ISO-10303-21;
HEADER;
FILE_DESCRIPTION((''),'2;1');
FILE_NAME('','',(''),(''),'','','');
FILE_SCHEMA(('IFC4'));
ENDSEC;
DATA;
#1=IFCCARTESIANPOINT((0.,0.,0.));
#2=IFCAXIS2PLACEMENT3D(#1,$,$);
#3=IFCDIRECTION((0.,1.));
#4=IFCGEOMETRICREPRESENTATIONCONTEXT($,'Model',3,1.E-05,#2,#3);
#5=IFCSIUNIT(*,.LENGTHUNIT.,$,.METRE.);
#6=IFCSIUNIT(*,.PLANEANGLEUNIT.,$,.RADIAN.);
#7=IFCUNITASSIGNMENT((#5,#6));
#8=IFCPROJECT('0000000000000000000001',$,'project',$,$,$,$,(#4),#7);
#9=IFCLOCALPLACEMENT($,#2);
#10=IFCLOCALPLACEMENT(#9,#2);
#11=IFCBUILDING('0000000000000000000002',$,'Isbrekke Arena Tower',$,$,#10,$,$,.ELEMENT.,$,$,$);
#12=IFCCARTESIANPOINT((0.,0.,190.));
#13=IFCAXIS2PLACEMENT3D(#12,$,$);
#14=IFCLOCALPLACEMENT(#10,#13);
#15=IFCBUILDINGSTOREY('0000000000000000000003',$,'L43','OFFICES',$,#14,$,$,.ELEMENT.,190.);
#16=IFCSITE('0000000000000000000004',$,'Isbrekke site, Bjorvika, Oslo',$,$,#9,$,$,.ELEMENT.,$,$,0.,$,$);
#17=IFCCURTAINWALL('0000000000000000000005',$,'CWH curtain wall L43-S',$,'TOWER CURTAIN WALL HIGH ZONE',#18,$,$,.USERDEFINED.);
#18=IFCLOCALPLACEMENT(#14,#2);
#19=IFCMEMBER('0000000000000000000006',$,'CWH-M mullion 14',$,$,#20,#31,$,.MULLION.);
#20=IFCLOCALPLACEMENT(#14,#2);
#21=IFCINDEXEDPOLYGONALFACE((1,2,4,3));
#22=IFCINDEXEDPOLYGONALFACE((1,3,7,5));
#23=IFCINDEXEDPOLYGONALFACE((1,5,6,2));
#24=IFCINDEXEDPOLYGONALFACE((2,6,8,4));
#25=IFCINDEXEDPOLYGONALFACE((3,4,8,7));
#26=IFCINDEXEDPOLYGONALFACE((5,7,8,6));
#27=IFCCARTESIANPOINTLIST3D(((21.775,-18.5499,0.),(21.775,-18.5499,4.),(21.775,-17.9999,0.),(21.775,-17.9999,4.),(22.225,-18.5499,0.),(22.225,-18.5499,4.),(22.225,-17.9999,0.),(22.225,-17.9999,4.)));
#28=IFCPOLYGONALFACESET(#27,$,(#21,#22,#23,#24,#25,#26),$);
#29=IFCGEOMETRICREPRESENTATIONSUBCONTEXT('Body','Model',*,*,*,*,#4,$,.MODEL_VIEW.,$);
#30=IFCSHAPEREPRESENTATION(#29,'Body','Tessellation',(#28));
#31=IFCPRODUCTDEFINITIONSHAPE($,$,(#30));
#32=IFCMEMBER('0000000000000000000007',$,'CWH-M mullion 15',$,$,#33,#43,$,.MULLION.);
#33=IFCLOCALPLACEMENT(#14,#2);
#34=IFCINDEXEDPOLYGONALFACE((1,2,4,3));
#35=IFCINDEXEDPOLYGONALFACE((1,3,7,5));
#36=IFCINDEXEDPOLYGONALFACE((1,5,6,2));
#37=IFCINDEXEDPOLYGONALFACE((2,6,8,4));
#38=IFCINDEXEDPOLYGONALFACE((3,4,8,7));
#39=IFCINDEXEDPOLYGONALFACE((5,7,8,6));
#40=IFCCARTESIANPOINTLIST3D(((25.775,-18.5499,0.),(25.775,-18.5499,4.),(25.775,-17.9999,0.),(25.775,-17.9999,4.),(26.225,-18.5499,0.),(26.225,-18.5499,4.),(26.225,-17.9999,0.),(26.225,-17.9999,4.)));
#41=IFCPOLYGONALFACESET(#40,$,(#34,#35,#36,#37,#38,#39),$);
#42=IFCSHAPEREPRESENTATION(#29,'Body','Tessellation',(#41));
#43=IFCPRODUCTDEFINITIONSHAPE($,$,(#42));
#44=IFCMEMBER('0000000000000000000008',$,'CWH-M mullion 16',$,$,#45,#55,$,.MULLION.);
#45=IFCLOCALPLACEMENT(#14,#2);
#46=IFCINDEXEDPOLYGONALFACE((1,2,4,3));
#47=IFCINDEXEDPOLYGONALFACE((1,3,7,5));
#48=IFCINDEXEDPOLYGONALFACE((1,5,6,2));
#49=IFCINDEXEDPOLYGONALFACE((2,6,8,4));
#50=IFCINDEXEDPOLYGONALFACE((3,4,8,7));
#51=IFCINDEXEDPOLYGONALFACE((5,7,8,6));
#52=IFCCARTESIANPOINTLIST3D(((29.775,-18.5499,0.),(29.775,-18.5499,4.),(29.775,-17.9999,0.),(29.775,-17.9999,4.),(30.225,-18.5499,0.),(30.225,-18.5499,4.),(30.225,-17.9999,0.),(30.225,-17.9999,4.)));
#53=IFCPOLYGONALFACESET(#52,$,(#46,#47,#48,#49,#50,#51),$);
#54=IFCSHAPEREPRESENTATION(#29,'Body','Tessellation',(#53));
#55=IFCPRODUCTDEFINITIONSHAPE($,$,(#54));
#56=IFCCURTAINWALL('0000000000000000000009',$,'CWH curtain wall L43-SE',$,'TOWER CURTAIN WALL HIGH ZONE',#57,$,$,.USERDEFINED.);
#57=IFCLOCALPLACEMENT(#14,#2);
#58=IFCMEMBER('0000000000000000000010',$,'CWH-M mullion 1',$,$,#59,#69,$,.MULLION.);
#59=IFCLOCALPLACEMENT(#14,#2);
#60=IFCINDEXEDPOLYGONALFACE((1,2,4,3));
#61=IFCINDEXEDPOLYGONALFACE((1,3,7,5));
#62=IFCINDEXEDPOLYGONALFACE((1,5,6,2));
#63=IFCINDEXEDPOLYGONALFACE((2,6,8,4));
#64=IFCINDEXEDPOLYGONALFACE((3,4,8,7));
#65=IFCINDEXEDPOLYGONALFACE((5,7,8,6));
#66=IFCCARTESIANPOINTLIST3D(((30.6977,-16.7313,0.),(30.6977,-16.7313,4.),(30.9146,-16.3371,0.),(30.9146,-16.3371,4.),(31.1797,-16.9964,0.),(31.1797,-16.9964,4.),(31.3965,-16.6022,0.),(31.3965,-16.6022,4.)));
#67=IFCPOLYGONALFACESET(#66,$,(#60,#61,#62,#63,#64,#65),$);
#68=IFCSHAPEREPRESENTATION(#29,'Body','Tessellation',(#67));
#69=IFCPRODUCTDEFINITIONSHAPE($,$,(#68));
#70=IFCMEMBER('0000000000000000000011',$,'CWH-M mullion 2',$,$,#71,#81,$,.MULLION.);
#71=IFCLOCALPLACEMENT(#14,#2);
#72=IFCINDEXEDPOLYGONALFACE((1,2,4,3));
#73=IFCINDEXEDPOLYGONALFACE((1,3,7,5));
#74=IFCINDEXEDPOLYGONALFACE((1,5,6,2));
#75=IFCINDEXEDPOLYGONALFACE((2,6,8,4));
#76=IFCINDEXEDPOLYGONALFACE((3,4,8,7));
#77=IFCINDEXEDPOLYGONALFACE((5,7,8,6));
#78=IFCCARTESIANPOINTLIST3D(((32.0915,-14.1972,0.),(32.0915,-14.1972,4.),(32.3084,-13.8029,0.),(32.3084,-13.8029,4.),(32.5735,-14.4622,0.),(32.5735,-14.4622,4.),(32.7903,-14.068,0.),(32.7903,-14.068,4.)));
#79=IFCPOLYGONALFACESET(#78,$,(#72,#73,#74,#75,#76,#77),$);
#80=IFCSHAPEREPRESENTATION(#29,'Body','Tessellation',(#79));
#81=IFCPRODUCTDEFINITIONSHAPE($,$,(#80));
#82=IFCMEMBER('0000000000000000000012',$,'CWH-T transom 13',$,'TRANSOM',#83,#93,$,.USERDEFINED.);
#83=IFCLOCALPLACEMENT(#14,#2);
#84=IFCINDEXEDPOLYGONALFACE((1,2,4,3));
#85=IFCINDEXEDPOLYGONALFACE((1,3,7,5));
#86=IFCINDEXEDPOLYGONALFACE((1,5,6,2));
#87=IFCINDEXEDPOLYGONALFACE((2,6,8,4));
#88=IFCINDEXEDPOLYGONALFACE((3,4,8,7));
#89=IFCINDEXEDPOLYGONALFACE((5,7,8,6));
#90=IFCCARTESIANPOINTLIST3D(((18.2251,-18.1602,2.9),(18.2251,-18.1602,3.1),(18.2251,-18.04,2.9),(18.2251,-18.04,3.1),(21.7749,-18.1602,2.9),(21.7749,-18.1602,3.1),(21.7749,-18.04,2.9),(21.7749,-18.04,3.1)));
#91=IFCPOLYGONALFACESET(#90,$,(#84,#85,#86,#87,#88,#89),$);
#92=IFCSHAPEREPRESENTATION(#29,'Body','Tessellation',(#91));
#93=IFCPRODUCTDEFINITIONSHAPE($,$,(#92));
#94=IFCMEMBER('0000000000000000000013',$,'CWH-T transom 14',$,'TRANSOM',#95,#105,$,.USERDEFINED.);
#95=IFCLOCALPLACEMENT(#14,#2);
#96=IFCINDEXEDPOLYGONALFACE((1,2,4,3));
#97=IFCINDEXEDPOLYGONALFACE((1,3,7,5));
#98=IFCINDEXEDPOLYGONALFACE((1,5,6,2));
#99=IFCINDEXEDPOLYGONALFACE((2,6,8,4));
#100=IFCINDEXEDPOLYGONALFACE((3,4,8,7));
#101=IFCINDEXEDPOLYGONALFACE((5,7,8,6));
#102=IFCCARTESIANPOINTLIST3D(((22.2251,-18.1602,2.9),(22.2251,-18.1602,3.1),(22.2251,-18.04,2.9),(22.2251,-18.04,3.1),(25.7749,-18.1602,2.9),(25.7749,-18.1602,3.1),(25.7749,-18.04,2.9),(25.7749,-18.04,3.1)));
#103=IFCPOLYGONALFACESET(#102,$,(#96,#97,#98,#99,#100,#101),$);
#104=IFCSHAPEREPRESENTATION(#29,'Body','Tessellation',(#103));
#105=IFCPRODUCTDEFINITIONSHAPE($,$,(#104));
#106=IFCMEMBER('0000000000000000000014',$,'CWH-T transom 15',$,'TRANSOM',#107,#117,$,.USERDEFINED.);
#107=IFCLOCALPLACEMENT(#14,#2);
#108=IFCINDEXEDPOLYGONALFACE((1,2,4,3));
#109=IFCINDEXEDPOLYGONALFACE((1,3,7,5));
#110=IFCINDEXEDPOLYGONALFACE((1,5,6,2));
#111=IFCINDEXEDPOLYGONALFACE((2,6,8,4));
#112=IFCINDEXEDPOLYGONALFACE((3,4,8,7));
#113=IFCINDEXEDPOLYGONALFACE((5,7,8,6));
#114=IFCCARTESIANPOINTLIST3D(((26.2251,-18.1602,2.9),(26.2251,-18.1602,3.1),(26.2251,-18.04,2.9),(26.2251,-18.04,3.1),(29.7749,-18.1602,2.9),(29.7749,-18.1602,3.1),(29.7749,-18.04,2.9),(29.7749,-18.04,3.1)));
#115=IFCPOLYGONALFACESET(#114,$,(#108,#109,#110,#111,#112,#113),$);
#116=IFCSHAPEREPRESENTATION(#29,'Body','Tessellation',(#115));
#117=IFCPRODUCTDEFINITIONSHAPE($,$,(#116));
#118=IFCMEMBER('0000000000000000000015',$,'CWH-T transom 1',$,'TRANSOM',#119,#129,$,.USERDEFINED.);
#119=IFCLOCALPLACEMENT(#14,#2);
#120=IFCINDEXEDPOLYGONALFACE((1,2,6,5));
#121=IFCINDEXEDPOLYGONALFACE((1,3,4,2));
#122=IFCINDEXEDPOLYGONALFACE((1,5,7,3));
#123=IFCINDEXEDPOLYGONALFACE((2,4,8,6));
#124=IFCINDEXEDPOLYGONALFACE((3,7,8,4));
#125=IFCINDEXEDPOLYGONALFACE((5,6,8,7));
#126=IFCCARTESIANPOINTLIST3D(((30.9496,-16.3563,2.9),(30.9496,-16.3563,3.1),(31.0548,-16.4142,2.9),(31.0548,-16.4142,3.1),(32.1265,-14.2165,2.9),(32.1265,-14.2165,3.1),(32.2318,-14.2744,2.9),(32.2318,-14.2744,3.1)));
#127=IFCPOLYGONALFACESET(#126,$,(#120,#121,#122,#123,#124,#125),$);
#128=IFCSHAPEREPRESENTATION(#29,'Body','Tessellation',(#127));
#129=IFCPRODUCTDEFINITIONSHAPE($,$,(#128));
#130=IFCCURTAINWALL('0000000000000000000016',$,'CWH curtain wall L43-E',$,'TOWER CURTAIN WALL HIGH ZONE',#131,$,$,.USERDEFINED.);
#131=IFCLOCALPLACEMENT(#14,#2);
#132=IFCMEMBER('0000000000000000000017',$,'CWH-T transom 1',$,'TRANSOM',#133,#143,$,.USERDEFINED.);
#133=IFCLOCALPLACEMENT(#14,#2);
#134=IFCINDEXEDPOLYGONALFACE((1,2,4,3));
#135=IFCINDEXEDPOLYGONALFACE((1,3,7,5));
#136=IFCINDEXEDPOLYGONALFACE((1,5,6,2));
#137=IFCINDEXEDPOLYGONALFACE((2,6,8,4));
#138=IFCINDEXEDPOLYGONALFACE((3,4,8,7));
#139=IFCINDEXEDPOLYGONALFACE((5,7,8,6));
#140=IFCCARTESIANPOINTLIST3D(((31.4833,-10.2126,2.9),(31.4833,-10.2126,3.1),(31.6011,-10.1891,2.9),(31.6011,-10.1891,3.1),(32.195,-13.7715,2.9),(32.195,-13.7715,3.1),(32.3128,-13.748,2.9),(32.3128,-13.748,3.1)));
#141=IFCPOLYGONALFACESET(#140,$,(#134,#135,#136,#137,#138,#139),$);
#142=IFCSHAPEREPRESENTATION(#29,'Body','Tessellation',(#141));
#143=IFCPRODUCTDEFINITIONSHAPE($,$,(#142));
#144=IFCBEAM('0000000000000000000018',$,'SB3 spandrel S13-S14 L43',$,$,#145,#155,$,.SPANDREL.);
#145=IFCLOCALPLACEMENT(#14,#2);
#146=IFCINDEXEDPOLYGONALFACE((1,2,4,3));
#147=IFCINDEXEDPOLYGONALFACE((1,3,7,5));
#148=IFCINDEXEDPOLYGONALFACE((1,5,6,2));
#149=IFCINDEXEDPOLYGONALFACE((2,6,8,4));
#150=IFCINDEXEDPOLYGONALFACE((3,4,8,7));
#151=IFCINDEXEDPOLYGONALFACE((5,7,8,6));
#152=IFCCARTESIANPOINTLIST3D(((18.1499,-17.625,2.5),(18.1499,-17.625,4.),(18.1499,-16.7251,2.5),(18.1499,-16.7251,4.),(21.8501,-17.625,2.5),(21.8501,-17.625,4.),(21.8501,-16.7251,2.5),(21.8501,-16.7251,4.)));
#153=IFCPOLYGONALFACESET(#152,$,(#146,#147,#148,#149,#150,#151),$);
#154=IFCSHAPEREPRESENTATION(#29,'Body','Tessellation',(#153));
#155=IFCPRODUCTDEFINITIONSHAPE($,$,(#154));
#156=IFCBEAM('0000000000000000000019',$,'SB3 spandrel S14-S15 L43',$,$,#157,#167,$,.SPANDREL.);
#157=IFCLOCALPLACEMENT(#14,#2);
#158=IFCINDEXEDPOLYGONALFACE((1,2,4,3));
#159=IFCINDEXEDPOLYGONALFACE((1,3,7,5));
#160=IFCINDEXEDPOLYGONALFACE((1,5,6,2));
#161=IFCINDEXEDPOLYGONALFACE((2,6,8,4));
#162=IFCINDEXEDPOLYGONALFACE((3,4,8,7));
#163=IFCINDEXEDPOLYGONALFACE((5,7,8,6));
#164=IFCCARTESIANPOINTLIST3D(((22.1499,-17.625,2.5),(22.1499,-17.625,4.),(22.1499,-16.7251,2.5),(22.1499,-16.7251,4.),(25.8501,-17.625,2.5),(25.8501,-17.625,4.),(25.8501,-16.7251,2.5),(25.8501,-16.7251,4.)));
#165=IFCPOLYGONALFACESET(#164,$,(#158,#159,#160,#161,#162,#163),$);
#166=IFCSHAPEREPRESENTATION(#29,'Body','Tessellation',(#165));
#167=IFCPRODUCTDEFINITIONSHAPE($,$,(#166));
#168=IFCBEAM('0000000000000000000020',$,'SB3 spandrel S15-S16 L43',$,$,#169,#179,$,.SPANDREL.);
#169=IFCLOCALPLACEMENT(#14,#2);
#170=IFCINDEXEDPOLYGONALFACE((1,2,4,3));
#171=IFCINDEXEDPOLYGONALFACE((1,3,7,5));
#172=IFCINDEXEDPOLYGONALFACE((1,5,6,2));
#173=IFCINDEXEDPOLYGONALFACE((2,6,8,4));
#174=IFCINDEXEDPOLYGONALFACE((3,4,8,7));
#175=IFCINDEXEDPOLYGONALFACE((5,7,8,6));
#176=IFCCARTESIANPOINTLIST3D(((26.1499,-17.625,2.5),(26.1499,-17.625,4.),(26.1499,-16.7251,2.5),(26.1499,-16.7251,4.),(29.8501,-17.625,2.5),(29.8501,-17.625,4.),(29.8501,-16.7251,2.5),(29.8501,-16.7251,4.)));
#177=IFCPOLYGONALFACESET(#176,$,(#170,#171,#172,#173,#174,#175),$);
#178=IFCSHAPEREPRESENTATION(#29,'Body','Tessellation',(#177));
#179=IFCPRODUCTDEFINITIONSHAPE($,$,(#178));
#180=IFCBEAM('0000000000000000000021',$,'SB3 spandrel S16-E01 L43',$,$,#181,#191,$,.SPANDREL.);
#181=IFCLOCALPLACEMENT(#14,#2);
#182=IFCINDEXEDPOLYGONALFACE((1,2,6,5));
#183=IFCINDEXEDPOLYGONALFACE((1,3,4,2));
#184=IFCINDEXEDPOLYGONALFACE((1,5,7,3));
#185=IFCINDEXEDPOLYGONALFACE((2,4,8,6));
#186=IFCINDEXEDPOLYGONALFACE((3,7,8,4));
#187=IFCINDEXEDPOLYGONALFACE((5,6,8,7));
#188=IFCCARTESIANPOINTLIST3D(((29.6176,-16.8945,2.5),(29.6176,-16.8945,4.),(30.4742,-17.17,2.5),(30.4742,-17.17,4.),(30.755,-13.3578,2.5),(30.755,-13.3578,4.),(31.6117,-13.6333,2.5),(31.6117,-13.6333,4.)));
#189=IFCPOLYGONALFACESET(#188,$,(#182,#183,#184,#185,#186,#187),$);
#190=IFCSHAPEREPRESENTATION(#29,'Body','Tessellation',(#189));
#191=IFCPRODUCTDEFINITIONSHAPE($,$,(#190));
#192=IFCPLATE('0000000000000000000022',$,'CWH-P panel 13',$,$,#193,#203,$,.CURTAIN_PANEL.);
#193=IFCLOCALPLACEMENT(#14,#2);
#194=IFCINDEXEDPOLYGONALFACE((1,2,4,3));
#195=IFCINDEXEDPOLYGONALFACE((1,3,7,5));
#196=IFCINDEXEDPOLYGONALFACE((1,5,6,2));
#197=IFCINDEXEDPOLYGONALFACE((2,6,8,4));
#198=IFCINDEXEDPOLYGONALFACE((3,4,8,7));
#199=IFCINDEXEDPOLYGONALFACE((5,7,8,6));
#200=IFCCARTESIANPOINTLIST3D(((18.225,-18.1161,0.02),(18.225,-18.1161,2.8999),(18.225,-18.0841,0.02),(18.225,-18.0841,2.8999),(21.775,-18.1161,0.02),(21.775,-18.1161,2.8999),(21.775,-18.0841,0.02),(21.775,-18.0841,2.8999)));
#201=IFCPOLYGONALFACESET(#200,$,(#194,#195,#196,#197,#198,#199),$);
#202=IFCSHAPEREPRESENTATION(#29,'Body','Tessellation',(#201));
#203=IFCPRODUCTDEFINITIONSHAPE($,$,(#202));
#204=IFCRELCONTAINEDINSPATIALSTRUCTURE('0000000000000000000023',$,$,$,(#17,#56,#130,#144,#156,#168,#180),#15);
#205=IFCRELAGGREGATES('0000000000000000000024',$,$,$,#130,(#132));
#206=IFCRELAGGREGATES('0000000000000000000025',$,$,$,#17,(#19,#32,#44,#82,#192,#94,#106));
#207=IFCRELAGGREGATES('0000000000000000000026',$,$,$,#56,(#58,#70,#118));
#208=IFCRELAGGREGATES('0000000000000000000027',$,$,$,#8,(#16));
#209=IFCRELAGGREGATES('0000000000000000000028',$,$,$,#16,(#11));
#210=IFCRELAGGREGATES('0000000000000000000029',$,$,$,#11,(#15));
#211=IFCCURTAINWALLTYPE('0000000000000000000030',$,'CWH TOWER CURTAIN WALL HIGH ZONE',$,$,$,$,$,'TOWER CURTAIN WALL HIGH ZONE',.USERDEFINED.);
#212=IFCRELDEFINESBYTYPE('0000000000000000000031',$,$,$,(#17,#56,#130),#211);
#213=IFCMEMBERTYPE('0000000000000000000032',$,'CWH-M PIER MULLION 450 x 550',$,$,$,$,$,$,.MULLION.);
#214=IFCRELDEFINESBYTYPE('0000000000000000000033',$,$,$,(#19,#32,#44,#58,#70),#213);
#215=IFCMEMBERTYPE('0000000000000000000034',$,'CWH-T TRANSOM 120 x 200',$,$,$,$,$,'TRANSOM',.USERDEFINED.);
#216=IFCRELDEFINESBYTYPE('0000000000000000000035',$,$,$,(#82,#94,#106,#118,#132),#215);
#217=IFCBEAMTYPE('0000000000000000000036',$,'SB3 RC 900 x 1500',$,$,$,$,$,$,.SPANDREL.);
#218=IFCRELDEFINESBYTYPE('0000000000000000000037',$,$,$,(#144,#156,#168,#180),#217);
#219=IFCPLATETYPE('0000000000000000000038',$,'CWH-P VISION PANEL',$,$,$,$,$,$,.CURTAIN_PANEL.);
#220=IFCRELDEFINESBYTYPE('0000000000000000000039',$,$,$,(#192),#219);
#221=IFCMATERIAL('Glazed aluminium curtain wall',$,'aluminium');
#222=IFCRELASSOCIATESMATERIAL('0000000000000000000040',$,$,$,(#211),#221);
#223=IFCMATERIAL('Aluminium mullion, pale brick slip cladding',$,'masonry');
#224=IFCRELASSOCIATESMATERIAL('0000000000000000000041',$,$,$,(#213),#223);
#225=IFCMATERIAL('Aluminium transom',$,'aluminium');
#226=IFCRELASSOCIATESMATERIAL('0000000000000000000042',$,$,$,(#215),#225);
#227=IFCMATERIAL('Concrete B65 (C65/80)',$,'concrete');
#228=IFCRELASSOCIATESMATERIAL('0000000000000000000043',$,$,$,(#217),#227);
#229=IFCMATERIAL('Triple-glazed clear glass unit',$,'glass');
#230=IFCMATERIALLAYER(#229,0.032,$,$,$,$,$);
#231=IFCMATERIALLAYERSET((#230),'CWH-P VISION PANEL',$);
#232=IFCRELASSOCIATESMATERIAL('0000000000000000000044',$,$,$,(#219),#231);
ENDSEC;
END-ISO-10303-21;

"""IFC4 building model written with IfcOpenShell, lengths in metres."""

from ifc_helpers import new_model, si_unit, direction, frame, origin, origin_2d, place, context, subcontext, project, spatial, rectangle, extrude, material, layer, layer_set, material_profile, profile_set, type_object, element, aggregate, save


model = new_model("IFC4")

# Units and contexts
model_context = context("Model", 3, precision=1e-05, world=origin(), true_north=direction((0.0, 1.0)))
body_context = subcontext(model_context, "Body", "Model", "MODEL_VIEW")
ifc_project = project(units=[si_unit("LENGTHUNIT", "METRE"), si_unit("PLANEANGLEUNIT", "RADIAN")], contexts=[model_context])

# Site, building, storey
site_placement = place(None, origin())
site = spatial("IfcSite", under=ifc_project, at=site_placement, Name="Isbrekke site, Bjorvika, Oslo", CompositionType="ELEMENT", RefElevation=0.0)
building_placement = place(site_placement, origin())
building = spatial("IfcBuilding", under=site, at=building_placement, Name="Isbrekke Arena Tower", CompositionType="ELEMENT")
storey_placement = place(building_placement, frame((0.0, 0.0, 190.0)))
storey = spatial("IfcBuildingStorey", under=building, at=storey_placement, Name="L43", Description="OFFICES", CompositionType="ELEMENT", Elevation=190.0)

# Curtain walls, members
ifc_material_1 = material(Name="Glazed aluminium curtain wall", Category="aluminium")
curtain_wall_type = type_object("IfcCurtainWallType", Name="CWH TOWER CURTAIN WALL HIGH ZONE", ElementType="TOWER CURTAIN WALL HIGH ZONE", PredefinedType="USERDEFINED", material=ifc_material_1)
curtain_wall_1_placement = place(storey_placement, origin())
curtain_wall_1 = element("IfcCurtainWall", 1, at=curtain_wall_1_placement, inside=storey, type_object=curtain_wall_type, Name="CWH curtain wall L43-S", ObjectType="TOWER CURTAIN WALL HIGH ZONE", PredefinedType="USERDEFINED")
ifc_material_2 = material(Name="Aluminium mullion, pale brick slip cladding", Category="masonry")
ifc_material_profile_1 = material_profile(ifc_material_2, rectangle(XDim=0.45, YDim=0.55, at=origin_2d()), Name="PIER 450X550")
ifc_profile_set_1 = profile_set([ifc_material_profile_1], Name="Aluminium mullion, pale brick slip cladding")
member_type_1 = type_object("IfcMemberType", Name="CWH-M PIER MULLION 450 x 550", PredefinedType="MULLION", material=ifc_profile_set_1)
member_1_placement = place(storey_placement, frame((22.0, -18.2749, 0.0), z_axis=(0.0, 0.0, 1.0), x_axis=(1.0, 0.0, 0.0)))
member_1 = element("IfcMember", 2, at=member_1_placement, type_object=member_type_1, Name="CWH-M mullion 14", PredefinedType="MULLION", context=body_context, shape_type="SweptSolid", body=[
    extrude(rectangle(XDim=0.45, YDim=0.55, at=origin_2d()), origin(), (0.0, 0.0, 1.0), 4.0),
])
member_2_placement = place(storey_placement, frame((26.0, -18.2749, 0.0), z_axis=(0.0, 0.0, 1.0), x_axis=(1.0, 0.0, 0.0)))
member_2 = element("IfcMember", 3, at=member_2_placement, type_object=member_type_1, Name="CWH-M mullion 15", PredefinedType="MULLION", context=body_context, shape_type="SweptSolid", body=[
    extrude(rectangle(XDim=0.45, YDim=0.55, at=origin_2d()), origin(), (0.0, 0.0, 1.0), 4.0),
])
member_3_placement = place(storey_placement, frame((30.0, -18.2749, 0.0), z_axis=(0.0, 0.0, 1.0), x_axis=(1.0, 0.0, 0.0)))
member_3 = element("IfcMember", 4, at=member_3_placement, type_object=member_type_1, Name="CWH-M mullion 16", PredefinedType="MULLION", context=body_context, shape_type="SweptSolid", body=[
    extrude(rectangle(XDim=0.45, YDim=0.55, at=origin_2d()), origin(), (0.0, 0.0, 1.0), 4.0),
])
curtain_wall_2_placement = place(storey_placement, origin())
curtain_wall_2 = element("IfcCurtainWall", 5, at=curtain_wall_2_placement, inside=storey, type_object=curtain_wall_type, Name="CWH curtain wall L43-SE", ObjectType="TOWER CURTAIN WALL HIGH ZONE", PredefinedType="USERDEFINED")
member_4_placement = place(storey_placement, frame((31.0471, -16.6667, 0.0), z_axis=(0.0, 0.0, 1.0), x_axis=(0.481919, 0.876216, 0.0)))
member_4 = element("IfcMember", 6, at=member_4_placement, type_object=member_type_1, Name="CWH-M mullion 1", PredefinedType="MULLION", context=body_context, shape_type="SweptSolid", body=[
    extrude(rectangle(XDim=0.45, YDim=0.55, at=origin_2d()), origin(), (0.0, 0.0, 1.0), 4.0),
])
member_5_placement = place(storey_placement, frame((32.4409, -14.1326, 0.0), z_axis=(0.0, 0.0, 1.0), x_axis=(0.481919, 0.876216, 0.0)))
member_5 = element("IfcMember", 7, at=member_5_placement, type_object=member_type_1, Name="CWH-M mullion 2", PredefinedType="MULLION", context=body_context, shape_type="SweptSolid", body=[
    extrude(rectangle(XDim=0.45, YDim=0.55, at=origin_2d()), origin(), (0.0, 0.0, 1.0), 4.0),
])

# Members
ifc_material_3 = material(Name="Aluminium transom", Category="aluminium")
ifc_material_profile_2 = material_profile(ifc_material_3, rectangle(XDim=0.1201, YDim=0.2, at=origin_2d()), Name="TRANSOM 120X200")
ifc_profile_set_2 = profile_set([ifc_material_profile_2], Name="Aluminium transom")
member_type_2 = type_object("IfcMemberType", Name="CWH-T TRANSOM 120 x 200", ElementType="TRANSOM", PredefinedType="USERDEFINED", material=ifc_profile_set_2)
member_6_placement = place(storey_placement, frame((18.2251, -18.1001, 3.0), z_axis=(1.0, 0.0, 0.0), x_axis=(0.0, 1.0, 0.0)))
member_6 = element("IfcMember", 8, at=member_6_placement, type_object=member_type_2, Name="CWH-T transom 13", ObjectType="TRANSOM", PredefinedType="USERDEFINED", context=body_context, shape_type="SweptSolid", body=[
    extrude(rectangle(XDim=0.1201, YDim=0.2, at=origin_2d()), origin(), (0.0, 0.0, 1.0), 3.5498),
])
member_7_placement = place(storey_placement, frame((22.2251, -18.1001, 3.0), z_axis=(1.0, 0.0, 0.0), x_axis=(0.0, 1.0, 0.0)))
member_7 = element("IfcMember", 9, at=member_7_placement, type_object=member_type_2, Name="CWH-T transom 14", ObjectType="TRANSOM", PredefinedType="USERDEFINED", context=body_context, shape_type="SweptSolid", body=[
    extrude(rectangle(XDim=0.1201, YDim=0.2, at=origin_2d()), origin(), (0.0, 0.0, 1.0), 3.5498),
])
member_8_placement = place(storey_placement, frame((26.2251, -18.1001, 3.0), z_axis=(1.0, 0.0, 0.0), x_axis=(0.0, 1.0, 0.0)))
member_8 = element("IfcMember", 10, at=member_8_placement, type_object=member_type_2, Name="CWH-T transom 15", ObjectType="TRANSOM", PredefinedType="USERDEFINED", context=body_context, shape_type="SweptSolid", body=[
    extrude(rectangle(XDim=0.1201, YDim=0.2, at=origin_2d()), origin(), (0.0, 0.0, 1.0), 3.5498),
])
member_9_placement = place(storey_placement, frame((31.0022, -16.3853, 3.0), z_axis=(0.481938, 0.876205, 0.0), x_axis=(-0.876205, 0.481938, 0.0)))
member_9 = element("IfcMember", 11, at=member_9_placement, type_object=member_type_2, Name="CWH-T transom 1", ObjectType="TRANSOM", PredefinedType="USERDEFINED", context=body_context, shape_type="SweptSolid", body=[
    extrude(rectangle(XDim=0.1201, YDim=0.2, at=origin_2d()), origin(), (0.0, 0.0, 1.0), 2.4421),
])

# Curtain wall, member
curtain_wall_3_placement = place(storey_placement, origin())
curtain_wall_3 = element("IfcCurtainWall", 12, at=curtain_wall_3_placement, inside=storey, type_object=curtain_wall_type, Name="CWH curtain wall L43-E", ObjectType="TOWER CURTAIN WALL HIGH ZONE", PredefinedType="USERDEFINED")
member_10_placement = place(storey_placement, frame((32.2539, -13.7598, 3.0), z_axis=(-0.19609, 0.980586, 0.0), x_axis=(-0.980586, -0.19609, 0.0)))
member_10 = element("IfcMember", 13, at=member_10_placement, type_object=member_type_2, Name="CWH-T transom 1", ObjectType="TRANSOM", PredefinedType="USERDEFINED", context=body_context, shape_type="SweptSolid", body=[
    extrude(rectangle(XDim=0.1201, YDim=0.2, at=origin_2d()), origin(), (0.0, 0.0, 1.0), 3.6294),
])
aggregate(curtain_wall_3, [member_10])

# Beams
ifc_material_4 = material(Name="Concrete B65 (C65/80)", Category="concrete")
ifc_material_profile_3 = material_profile(ifc_material_4, rectangle(XDim=0.8999, YDim=1.5, at=origin_2d()), Name="RC 900x1500")
ifc_profile_set_3 = profile_set([ifc_material_profile_3], Name="Concrete B65 (C65/80)")
beam_type_1 = type_object("IfcBeamType", Name="SB3 RC 900 x 1500", PredefinedType="SPANDREL", material=ifc_profile_set_3)
for number, where, z_axis, x_axis, name in (
    (14, (18.1499, -17.175, 3.25), (1.0, 0.0, 0.0), (0.0, 1.0, 0.0), "SB3 spandrel S13-S14 L43"),
    (15, (22.1499, -17.175, 3.25), (1.0, 0.0, 0.0), (0.0, 1.0, 0.0), "SB3 spandrel S14-S15 L43"),
    (16, (26.1499, -17.175, 3.25), (1.0, 0.0, 0.0), (0.0, 1.0, 0.0), "SB3 spandrel S15-S16 L43"),
):
    element("IfcBeam", number, at=place(storey_placement, frame(where, z_axis=z_axis, x_axis=x_axis)), inside=storey, type_object=beam_type_1, Name=name, PredefinedType="SPANDREL", context=body_context, shape_type="SweptSolid", body=[
        extrude(rectangle(XDim=0.8999, YDim=1.5, at=origin_2d()), origin(), (0.0, 0.0, 1.0), 3.7002),
    ])
beam_1_placement = place(storey_placement, frame((30.0459, -17.0322, 3.25), z_axis=(0.306175, 0.951975, 0.0), x_axis=(-0.951975, 0.306175, 0.0)))
element("IfcBeam", 17, at=beam_1_placement, inside=storey, type_object=beam_type_1, Name="SB3 spandrel S16-E01 L43", PredefinedType="SPANDREL", context=body_context, shape_type="SweptSolid", body=[
    extrude(rectangle(XDim=0.8999, YDim=1.5, at=origin_2d()), origin(), (0.0, 0.0, 1.0), 3.7151),
])

# Plate
ifc_material_5 = material(Name="Triple-glazed clear glass unit", Category="glass")
ifc_layer = layer(ifc_material_5, 0.032)
ifc_layer_set = layer_set([ifc_layer], Name="CWH-P VISION PANEL")
plate_type = type_object("IfcPlateType", Name="CWH-P VISION PANEL", PredefinedType="CURTAIN_PANEL", material=ifc_layer_set)
plate_1_placement = place(storey_placement, frame((20.0, -18.1001, 0.02), z_axis=(0.0, 0.0, 1.0), x_axis=(1.0, 0.0, 0.0)))
plate_1 = element("IfcPlate", 18, at=plate_1_placement, type_object=plate_type, Name="CWH-P panel 13", PredefinedType="CURTAIN_PANEL", context=body_context, shape_type="SweptSolid", body=[
    extrude(rectangle(XDim=3.55, YDim=0.032, at=origin_2d()), origin(), (0.0, 0.0, 1.0), 2.8799),
])
aggregate(curtain_wall_1, [member_1, member_2, member_3, member_6, plate_1, member_7, member_8])
aggregate(curtain_wall_2, [member_4, member_5, member_9])

save(model, "model.ifc")
